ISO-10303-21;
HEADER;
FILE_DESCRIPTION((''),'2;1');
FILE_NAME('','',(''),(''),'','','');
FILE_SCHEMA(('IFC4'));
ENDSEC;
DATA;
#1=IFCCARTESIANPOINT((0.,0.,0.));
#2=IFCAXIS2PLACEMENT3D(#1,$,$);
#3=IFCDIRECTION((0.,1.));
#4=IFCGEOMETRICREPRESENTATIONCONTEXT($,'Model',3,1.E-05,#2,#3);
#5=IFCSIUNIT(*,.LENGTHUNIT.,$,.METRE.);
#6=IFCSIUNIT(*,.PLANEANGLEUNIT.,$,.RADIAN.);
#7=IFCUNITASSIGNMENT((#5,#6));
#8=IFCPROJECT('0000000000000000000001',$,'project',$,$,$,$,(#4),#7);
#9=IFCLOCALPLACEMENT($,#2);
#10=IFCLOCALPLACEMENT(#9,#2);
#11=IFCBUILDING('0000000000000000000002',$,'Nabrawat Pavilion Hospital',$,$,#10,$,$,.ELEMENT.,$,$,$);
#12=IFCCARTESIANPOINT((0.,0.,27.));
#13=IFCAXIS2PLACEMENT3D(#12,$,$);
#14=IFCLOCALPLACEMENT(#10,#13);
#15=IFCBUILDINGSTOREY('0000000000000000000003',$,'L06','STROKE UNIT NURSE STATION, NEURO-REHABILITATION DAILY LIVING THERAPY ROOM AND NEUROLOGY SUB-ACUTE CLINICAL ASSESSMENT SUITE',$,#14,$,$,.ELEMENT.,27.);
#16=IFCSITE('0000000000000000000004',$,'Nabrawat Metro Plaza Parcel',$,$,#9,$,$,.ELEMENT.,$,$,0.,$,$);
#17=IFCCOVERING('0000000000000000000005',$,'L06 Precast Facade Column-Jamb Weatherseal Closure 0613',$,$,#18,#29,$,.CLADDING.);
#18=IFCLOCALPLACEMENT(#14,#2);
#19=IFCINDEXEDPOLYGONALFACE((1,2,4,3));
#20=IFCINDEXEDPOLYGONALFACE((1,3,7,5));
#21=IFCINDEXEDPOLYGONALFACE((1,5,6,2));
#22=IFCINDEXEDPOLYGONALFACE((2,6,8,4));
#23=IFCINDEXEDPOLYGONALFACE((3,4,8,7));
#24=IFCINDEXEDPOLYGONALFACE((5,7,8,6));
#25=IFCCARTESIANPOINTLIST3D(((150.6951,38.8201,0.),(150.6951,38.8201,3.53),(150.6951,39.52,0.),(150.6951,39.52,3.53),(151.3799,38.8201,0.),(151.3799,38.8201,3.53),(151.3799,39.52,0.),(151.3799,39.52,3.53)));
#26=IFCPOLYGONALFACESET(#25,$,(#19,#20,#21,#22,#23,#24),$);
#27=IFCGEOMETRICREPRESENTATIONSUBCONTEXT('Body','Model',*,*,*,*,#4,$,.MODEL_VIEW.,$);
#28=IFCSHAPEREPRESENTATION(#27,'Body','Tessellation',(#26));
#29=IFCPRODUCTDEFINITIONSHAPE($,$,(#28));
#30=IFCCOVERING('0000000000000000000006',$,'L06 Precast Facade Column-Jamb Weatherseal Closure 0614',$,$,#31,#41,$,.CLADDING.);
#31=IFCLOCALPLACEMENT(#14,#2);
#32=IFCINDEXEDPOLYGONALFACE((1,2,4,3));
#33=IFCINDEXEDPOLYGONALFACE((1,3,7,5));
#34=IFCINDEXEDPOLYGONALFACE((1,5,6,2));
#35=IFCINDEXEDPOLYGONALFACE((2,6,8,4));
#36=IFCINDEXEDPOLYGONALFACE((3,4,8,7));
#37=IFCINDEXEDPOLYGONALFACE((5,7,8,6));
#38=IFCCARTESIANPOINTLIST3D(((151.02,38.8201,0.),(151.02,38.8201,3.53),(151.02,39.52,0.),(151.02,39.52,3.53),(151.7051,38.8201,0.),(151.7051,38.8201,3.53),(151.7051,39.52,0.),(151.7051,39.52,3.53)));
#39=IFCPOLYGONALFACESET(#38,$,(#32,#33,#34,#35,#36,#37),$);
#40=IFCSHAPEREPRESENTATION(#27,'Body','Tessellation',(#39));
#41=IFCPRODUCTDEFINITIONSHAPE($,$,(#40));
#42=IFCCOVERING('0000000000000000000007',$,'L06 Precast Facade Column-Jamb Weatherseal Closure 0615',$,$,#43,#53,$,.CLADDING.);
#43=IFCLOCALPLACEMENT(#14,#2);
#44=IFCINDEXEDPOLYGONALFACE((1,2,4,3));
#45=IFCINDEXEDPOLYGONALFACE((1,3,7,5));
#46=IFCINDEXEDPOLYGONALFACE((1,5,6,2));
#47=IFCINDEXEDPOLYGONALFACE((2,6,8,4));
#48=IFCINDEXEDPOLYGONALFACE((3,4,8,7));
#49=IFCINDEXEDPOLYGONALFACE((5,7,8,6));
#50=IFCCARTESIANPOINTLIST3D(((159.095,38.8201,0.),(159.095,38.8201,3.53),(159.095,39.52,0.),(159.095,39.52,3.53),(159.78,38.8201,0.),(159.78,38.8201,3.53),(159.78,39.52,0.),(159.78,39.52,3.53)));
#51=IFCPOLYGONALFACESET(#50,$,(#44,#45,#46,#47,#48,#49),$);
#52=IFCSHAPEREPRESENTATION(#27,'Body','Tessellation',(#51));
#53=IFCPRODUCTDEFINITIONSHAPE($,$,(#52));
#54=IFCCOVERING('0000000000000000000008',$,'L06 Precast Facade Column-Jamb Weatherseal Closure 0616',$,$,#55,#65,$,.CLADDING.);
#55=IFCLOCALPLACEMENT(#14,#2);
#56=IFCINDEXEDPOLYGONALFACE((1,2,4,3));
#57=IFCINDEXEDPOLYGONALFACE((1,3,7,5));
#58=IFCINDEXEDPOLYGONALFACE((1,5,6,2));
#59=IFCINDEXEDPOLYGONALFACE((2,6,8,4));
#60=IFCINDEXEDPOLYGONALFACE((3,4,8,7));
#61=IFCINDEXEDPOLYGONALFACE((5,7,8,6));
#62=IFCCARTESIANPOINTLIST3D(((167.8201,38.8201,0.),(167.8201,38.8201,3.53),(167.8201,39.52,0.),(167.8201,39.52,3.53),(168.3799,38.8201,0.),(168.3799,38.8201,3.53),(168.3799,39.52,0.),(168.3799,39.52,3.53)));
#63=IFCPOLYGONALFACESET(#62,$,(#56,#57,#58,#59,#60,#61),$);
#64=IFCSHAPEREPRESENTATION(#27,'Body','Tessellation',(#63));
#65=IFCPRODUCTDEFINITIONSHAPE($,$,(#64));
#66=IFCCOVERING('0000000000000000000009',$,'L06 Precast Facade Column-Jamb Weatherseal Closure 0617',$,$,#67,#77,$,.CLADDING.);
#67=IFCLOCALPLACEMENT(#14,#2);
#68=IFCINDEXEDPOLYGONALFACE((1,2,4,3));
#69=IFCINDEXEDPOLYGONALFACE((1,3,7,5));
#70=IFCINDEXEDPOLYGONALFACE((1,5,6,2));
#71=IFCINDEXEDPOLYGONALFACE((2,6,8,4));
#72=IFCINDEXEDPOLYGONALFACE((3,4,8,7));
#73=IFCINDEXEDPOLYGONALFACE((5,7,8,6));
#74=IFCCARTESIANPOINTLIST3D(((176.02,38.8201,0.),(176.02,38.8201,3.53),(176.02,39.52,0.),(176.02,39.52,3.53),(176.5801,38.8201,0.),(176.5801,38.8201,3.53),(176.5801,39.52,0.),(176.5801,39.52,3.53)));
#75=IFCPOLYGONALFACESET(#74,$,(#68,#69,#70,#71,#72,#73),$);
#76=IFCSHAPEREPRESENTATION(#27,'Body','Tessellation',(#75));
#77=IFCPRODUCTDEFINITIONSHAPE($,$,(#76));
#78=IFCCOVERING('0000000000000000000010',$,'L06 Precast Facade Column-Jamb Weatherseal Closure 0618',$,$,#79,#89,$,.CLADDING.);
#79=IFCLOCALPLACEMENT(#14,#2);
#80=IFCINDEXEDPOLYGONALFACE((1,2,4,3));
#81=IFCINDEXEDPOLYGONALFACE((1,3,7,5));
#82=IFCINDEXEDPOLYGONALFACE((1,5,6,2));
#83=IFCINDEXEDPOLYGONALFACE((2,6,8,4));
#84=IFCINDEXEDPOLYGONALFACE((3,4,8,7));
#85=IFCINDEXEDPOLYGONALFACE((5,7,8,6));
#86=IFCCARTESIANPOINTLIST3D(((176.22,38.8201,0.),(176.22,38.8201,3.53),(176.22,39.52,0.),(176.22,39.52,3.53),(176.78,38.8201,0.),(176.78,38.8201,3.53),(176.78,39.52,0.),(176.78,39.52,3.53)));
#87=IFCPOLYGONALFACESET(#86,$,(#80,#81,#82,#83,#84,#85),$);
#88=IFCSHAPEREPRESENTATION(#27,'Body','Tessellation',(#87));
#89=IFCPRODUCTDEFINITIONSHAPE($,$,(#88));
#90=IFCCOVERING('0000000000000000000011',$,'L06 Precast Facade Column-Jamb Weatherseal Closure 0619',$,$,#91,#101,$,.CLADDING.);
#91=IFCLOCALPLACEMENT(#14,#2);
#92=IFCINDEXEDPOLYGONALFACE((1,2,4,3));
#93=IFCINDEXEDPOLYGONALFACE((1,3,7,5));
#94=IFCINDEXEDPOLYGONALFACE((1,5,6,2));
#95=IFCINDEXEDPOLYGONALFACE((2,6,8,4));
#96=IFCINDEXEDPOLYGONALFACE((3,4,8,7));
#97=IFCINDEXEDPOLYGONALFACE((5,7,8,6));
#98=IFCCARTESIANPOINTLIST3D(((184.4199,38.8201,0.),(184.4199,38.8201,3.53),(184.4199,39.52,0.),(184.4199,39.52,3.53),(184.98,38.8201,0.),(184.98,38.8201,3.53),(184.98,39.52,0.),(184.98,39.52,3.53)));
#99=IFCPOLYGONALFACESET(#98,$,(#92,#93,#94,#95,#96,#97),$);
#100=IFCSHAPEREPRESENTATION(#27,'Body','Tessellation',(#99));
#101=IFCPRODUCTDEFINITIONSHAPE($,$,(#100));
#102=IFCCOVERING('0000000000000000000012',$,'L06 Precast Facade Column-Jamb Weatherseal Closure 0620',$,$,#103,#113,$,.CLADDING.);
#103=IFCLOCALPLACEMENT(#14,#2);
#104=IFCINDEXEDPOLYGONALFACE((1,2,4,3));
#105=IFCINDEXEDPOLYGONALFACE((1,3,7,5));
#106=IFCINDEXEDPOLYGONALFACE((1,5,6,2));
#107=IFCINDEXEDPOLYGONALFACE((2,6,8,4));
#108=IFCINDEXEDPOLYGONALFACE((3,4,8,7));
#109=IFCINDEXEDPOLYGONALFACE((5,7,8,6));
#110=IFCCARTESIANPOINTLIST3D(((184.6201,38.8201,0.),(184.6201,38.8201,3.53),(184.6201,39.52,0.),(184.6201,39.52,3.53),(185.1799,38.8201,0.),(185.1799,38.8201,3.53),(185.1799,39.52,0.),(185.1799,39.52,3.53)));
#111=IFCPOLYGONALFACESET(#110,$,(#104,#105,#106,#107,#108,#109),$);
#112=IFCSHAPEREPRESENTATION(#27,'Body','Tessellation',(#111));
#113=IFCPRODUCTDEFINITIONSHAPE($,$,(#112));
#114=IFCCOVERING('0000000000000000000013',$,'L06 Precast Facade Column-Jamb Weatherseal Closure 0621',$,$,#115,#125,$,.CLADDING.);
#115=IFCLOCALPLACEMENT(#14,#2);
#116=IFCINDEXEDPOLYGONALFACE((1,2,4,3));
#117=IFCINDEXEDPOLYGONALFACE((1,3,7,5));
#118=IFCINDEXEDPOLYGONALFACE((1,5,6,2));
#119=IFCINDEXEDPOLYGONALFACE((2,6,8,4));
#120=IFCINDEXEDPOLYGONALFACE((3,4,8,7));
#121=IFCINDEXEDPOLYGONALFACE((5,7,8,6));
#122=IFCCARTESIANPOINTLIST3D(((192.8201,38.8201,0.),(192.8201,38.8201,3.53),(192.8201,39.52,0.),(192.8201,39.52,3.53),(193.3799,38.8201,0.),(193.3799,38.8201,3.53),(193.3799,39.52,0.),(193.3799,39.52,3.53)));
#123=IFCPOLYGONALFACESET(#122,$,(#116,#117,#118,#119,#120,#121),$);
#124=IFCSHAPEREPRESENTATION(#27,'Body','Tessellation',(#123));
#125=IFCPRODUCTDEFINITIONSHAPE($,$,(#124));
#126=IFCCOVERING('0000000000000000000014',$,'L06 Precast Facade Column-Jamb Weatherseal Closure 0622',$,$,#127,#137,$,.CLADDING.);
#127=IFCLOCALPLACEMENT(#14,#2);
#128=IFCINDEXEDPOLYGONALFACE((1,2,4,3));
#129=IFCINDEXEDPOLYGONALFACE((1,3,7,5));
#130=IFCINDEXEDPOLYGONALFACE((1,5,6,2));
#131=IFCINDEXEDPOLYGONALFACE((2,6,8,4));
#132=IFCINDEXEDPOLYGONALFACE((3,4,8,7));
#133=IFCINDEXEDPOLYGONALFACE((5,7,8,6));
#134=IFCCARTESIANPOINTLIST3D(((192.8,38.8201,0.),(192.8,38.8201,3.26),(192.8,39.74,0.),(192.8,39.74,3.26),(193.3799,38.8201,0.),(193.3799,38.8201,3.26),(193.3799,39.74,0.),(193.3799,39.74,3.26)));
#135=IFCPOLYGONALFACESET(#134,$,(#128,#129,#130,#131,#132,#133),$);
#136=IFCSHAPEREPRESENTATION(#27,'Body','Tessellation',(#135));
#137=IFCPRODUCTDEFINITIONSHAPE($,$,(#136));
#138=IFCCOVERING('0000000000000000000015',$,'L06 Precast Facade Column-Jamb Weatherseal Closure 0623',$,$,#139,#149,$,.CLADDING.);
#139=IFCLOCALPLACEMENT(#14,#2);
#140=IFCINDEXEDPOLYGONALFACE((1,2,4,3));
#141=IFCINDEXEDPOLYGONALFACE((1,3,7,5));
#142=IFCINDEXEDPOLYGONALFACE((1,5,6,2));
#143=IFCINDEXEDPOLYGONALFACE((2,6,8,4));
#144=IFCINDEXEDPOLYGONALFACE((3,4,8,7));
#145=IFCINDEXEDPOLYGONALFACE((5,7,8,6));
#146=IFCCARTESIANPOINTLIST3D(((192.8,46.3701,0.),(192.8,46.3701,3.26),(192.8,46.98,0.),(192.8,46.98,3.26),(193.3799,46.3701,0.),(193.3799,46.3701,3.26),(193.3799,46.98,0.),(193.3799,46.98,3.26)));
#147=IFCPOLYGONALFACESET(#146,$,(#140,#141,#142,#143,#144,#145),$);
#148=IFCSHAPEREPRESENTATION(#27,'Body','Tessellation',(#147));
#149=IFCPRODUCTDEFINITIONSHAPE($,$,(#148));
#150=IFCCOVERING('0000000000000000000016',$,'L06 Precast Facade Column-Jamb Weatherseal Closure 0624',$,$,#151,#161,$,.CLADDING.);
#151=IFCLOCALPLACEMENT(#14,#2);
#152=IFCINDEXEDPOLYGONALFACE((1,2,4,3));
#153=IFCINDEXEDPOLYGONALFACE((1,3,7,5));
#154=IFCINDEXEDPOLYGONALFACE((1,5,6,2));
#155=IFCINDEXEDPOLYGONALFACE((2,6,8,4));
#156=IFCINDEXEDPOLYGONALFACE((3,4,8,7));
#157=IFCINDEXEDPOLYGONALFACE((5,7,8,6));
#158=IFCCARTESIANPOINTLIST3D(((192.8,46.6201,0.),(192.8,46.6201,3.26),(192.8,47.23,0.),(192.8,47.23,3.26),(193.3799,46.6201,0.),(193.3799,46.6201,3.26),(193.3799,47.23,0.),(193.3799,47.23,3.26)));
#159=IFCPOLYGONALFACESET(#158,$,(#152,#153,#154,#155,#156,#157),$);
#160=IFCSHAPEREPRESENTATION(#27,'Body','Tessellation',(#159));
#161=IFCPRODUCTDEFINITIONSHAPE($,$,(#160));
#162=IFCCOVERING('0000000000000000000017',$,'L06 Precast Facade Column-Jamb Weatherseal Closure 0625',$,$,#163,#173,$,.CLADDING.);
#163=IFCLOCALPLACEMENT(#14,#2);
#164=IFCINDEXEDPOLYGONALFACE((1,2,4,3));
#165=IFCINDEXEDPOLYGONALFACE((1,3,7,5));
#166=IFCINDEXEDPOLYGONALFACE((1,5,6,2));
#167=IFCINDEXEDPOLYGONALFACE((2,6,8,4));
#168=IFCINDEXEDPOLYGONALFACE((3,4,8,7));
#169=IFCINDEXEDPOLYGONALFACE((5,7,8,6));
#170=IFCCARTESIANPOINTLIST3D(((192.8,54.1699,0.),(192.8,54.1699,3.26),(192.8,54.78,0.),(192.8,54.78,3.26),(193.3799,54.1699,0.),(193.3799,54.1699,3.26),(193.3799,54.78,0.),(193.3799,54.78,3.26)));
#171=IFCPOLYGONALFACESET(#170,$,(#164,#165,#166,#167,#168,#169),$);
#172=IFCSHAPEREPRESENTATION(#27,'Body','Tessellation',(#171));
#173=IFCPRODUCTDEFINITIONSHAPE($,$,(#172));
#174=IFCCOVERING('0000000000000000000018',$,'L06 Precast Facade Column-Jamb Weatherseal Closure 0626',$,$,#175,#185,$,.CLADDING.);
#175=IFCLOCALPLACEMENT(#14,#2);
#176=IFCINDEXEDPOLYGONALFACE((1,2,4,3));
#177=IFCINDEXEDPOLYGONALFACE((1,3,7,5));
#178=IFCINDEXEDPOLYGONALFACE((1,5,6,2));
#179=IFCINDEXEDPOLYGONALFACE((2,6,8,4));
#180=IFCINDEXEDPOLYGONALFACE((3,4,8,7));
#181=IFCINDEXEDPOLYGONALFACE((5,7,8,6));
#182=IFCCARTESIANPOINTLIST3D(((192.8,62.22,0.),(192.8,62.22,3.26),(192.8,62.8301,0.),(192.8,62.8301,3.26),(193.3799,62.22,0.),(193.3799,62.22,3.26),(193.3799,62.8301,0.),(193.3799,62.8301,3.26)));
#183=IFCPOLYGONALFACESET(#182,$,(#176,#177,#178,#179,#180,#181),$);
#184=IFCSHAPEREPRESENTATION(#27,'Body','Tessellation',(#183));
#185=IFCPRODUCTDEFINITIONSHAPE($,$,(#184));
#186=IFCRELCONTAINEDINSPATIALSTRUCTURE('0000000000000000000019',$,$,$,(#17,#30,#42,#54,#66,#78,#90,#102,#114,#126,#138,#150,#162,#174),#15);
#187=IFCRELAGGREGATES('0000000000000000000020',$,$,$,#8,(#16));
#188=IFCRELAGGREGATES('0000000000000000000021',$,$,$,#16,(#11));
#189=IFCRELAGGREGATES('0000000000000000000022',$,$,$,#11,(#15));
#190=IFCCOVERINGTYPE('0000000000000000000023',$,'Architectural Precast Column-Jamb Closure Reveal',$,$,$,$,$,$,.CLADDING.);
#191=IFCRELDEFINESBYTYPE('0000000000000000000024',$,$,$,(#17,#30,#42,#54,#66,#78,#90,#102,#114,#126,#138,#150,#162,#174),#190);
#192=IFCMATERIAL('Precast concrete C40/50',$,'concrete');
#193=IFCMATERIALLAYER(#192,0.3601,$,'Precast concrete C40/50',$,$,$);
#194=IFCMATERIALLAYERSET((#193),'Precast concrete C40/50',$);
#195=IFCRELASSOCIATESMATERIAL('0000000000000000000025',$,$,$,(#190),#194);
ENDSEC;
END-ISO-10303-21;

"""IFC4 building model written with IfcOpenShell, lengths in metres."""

from ifc_helpers import new_model, si_unit, direction, frame, origin, place, context, subcontext, project, spatial, polyline, outline, extrude, material, layer, layer_set, type_object, element, save


model = new_model("IFC4")

# Units and contexts
model_context = context("Model", 3, precision=1e-05, world=origin(), true_north=direction((0.0, 1.0)))
body_context = subcontext(model_context, "Body", "Model", "MODEL_VIEW")
ifc_project = project(units=[si_unit("LENGTHUNIT", "METRE"), si_unit("PLANEANGLEUNIT", "RADIAN")], contexts=[model_context])

# Site, building, storey
site_placement = place(None, origin())
site = spatial("IfcSite", under=ifc_project, at=site_placement, Name="Nabrawat Metro Plaza Parcel", CompositionType="ELEMENT", RefElevation=0.0)
building_placement = place(site_placement, origin())
building = spatial("IfcBuilding", under=site, at=building_placement, Name="Nabrawat Pavilion Hospital", CompositionType="ELEMENT")
storey_placement = place(building_placement, frame((0.0, 0.0, 27.0)))
storey = spatial("IfcBuildingStorey", under=building, at=storey_placement, Name="L06", Description="STROKE UNIT NURSE STATION, NEURO-REHABILITATION DAILY LIVING THERAPY ROOM AND NEUROLOGY SUB-ACUTE CLINICAL ASSESSMENT SUITE", CompositionType="ELEMENT", Elevation=27.0)

# Coverings
ifc_material_1 = material(Name="Precast concrete C40/50", Category="concrete")
ifc_layer_1 = layer(ifc_material_1, 0.3601, Name="Precast concrete C40/50")
ifc_layer_set_1 = layer_set([ifc_layer_1], Name="Precast concrete C40/50")
covering_type = type_object("IfcCoveringType", Name="Architectural Precast Column-Jamb Closure Reveal", PredefinedType="CLADDING", material=ifc_layer_set_1)
covering_1_placement = place(storey_placement, origin())
element("IfcCovering", 1, at=covering_1_placement, inside=storey, type_object=covering_type, Name="L06 Precast Facade Column-Jamb Weatherseal Closure 0613", PredefinedType="CLADDING", context=body_context, shape_type="SweptSolid", body=[
    extrude(outline(polyline([(151.3799, 38.8201), (151.3799, 39.52), (150.6951, 39.52), (150.6951, 38.8201), (151.3799, 38.8201)])), origin(), (0.0, 0.0, 1.0), 3.53),
])
covering_2_placement = place(storey_placement, origin())
element("IfcCovering", 2, at=covering_2_placement, inside=storey, type_object=covering_type, Name="L06 Precast Facade Column-Jamb Weatherseal Closure 0614", PredefinedType="CLADDING", context=body_context, shape_type="SweptSolid", body=[
    extrude(outline(polyline([(151.7051, 38.8201), (151.7051, 39.52), (151.02, 39.52), (151.02, 38.8201), (151.7051, 38.8201)])), origin(), (0.0, 0.0, 1.0), 3.53),
])
covering_3_placement = place(storey_placement, origin())
element("IfcCovering", 3, at=covering_3_placement, inside=storey, type_object=covering_type, Name="L06 Precast Facade Column-Jamb Weatherseal Closure 0615", PredefinedType="CLADDING", context=body_context, shape_type="SweptSolid", body=[
    extrude(outline(polyline([(159.78, 38.8201), (159.78, 39.52), (159.095, 39.52), (159.095, 38.8201), (159.78, 38.8201)])), origin(), (0.0, 0.0, 1.0), 3.53),
])
covering_4_placement = place(storey_placement, origin())
element("IfcCovering", 4, at=covering_4_placement, inside=storey, type_object=covering_type, Name="L06 Precast Facade Column-Jamb Weatherseal Closure 0616", PredefinedType="CLADDING", context=body_context, shape_type="SweptSolid", body=[
    extrude(outline(polyline([(168.3799, 38.8201), (168.3799, 39.52), (167.8201, 39.52), (167.8201, 38.8201), (168.3799, 38.8201)])), origin(), (0.0, 0.0, 1.0), 3.53),
])
covering_5_placement = place(storey_placement, origin())
element("IfcCovering", 5, at=covering_5_placement, inside=storey, type_object=covering_type, Name="L06 Precast Facade Column-Jamb Weatherseal Closure 0617", PredefinedType="CLADDING", context=body_context, shape_type="SweptSolid", body=[
    extrude(outline(polyline([(176.5801, 38.8201), (176.5801, 39.52), (176.02, 39.52), (176.02, 38.8201), (176.5801, 38.8201)])), origin(), (0.0, 0.0, 1.0), 3.53),
])
covering_6_placement = place(storey_placement, origin())
element("IfcCovering", 6, at=covering_6_placement, inside=storey, type_object=covering_type, Name="L06 Precast Facade Column-Jamb Weatherseal Closure 0618", PredefinedType="CLADDING", context=body_context, shape_type="SweptSolid", body=[
    extrude(outline(polyline([(176.78, 38.8201), (176.78, 39.52), (176.22, 39.52), (176.22, 38.8201), (176.78, 38.8201)])), origin(), (0.0, 0.0, 1.0), 3.53),
])
covering_7_placement = place(storey_placement, origin())
element("IfcCovering", 7, at=covering_7_placement, inside=storey, type_object=covering_type, Name="L06 Precast Facade Column-Jamb Weatherseal Closure 0619", PredefinedType="CLADDING", context=body_context, shape_type="SweptSolid", body=[
    extrude(outline(polyline([(184.98, 38.8201), (184.98, 39.52), (184.4199, 39.52), (184.4199, 38.8201), (184.98, 38.8201)])), origin(), (0.0, 0.0, 1.0), 3.53),
])
covering_8_placement = place(storey_placement, origin())
element("IfcCovering", 8, at=covering_8_placement, inside=storey, type_object=covering_type, Name="L06 Precast Facade Column-Jamb Weatherseal Closure 0620", PredefinedType="CLADDING", context=body_context, shape_type="SweptSolid", body=[
    extrude(outline(polyline([(185.1799, 38.8201), (185.1799, 39.52), (184.6201, 39.52), (184.6201, 38.8201), (185.1799, 38.8201)])), origin(), (0.0, 0.0, 1.0), 3.53),
])
covering_9_placement = place(storey_placement, origin())
element("IfcCovering", 9, at=covering_9_placement, inside=storey, type_object=covering_type, Name="L06 Precast Facade Column-Jamb Weatherseal Closure 0621", PredefinedType="CLADDING", context=body_context, shape_type="SweptSolid", body=[
    extrude(outline(polyline([(193.3799, 38.8201), (193.3799, 39.52), (192.8201, 39.52), (192.8201, 38.8201), (193.3799, 38.8201)])), origin(), (0.0, 0.0, 1.0), 3.53),
])
covering_10_placement = place(storey_placement, origin())
element("IfcCovering", 10, at=covering_10_placement, inside=storey, type_object=covering_type, Name="L06 Precast Facade Column-Jamb Weatherseal Closure 0622", PredefinedType="CLADDING", context=body_context, shape_type="SweptSolid", body=[
    extrude(outline(polyline([(193.3799, 38.8201), (193.3799, 39.74), (192.8, 39.74), (192.8, 38.8201), (193.3799, 38.8201)])), origin(), (0.0, 0.0, 1.0), 3.26),
])
covering_11_placement = place(storey_placement, origin())
element("IfcCovering", 11, at=covering_11_placement, inside=storey, type_object=covering_type, Name="L06 Precast Facade Column-Jamb Weatherseal Closure 0623", PredefinedType="CLADDING", context=body_context, shape_type="SweptSolid", body=[
    extrude(outline(polyline([(193.3799, 46.3701), (193.3799, 46.98), (192.8, 46.98), (192.8, 46.3701), (193.3799, 46.3701)])), origin(), (0.0, 0.0, 1.0), 3.26),
])
covering_12_placement = place(storey_placement, origin())
element("IfcCovering", 12, at=covering_12_placement, inside=storey, type_object=covering_type, Name="L06 Precast Facade Column-Jamb Weatherseal Closure 0624", PredefinedType="CLADDING", context=body_context, shape_type="SweptSolid", body=[
    extrude(outline(polyline([(193.3799, 46.6201), (193.3799, 47.23), (192.8, 47.23), (192.8, 46.6201), (193.3799, 46.6201)])), origin(), (0.0, 0.0, 1.0), 3.26),
])
covering_13_placement = place(storey_placement, origin())
element("IfcCovering", 13, at=covering_13_placement, inside=storey, type_object=covering_type, Name="L06 Precast Facade Column-Jamb Weatherseal Closure 0625", PredefinedType="CLADDING", context=body_context, shape_type="SweptSolid", body=[
    extrude(outline(polyline([(193.3799, 54.1699), (193.3799, 54.78), (192.8, 54.78), (192.8, 54.1699), (193.3799, 54.1699)])), origin(), (0.0, 0.0, 1.0), 3.26),
])
covering_14_placement = place(storey_placement, origin())
element("IfcCovering", 14, at=covering_14_placement, inside=storey, type_object=covering_type, Name="L06 Precast Facade Column-Jamb Weatherseal Closure 0626", PredefinedType="CLADDING", context=body_context, shape_type="SweptSolid", body=[
    extrude(outline(polyline([(193.3799, 62.22), (193.3799, 62.8301), (192.8, 62.8301), (192.8, 62.22), (193.3799, 62.22)])), origin(), (0.0, 0.0, 1.0), 3.26),
])

save(model, "model.ifc")
